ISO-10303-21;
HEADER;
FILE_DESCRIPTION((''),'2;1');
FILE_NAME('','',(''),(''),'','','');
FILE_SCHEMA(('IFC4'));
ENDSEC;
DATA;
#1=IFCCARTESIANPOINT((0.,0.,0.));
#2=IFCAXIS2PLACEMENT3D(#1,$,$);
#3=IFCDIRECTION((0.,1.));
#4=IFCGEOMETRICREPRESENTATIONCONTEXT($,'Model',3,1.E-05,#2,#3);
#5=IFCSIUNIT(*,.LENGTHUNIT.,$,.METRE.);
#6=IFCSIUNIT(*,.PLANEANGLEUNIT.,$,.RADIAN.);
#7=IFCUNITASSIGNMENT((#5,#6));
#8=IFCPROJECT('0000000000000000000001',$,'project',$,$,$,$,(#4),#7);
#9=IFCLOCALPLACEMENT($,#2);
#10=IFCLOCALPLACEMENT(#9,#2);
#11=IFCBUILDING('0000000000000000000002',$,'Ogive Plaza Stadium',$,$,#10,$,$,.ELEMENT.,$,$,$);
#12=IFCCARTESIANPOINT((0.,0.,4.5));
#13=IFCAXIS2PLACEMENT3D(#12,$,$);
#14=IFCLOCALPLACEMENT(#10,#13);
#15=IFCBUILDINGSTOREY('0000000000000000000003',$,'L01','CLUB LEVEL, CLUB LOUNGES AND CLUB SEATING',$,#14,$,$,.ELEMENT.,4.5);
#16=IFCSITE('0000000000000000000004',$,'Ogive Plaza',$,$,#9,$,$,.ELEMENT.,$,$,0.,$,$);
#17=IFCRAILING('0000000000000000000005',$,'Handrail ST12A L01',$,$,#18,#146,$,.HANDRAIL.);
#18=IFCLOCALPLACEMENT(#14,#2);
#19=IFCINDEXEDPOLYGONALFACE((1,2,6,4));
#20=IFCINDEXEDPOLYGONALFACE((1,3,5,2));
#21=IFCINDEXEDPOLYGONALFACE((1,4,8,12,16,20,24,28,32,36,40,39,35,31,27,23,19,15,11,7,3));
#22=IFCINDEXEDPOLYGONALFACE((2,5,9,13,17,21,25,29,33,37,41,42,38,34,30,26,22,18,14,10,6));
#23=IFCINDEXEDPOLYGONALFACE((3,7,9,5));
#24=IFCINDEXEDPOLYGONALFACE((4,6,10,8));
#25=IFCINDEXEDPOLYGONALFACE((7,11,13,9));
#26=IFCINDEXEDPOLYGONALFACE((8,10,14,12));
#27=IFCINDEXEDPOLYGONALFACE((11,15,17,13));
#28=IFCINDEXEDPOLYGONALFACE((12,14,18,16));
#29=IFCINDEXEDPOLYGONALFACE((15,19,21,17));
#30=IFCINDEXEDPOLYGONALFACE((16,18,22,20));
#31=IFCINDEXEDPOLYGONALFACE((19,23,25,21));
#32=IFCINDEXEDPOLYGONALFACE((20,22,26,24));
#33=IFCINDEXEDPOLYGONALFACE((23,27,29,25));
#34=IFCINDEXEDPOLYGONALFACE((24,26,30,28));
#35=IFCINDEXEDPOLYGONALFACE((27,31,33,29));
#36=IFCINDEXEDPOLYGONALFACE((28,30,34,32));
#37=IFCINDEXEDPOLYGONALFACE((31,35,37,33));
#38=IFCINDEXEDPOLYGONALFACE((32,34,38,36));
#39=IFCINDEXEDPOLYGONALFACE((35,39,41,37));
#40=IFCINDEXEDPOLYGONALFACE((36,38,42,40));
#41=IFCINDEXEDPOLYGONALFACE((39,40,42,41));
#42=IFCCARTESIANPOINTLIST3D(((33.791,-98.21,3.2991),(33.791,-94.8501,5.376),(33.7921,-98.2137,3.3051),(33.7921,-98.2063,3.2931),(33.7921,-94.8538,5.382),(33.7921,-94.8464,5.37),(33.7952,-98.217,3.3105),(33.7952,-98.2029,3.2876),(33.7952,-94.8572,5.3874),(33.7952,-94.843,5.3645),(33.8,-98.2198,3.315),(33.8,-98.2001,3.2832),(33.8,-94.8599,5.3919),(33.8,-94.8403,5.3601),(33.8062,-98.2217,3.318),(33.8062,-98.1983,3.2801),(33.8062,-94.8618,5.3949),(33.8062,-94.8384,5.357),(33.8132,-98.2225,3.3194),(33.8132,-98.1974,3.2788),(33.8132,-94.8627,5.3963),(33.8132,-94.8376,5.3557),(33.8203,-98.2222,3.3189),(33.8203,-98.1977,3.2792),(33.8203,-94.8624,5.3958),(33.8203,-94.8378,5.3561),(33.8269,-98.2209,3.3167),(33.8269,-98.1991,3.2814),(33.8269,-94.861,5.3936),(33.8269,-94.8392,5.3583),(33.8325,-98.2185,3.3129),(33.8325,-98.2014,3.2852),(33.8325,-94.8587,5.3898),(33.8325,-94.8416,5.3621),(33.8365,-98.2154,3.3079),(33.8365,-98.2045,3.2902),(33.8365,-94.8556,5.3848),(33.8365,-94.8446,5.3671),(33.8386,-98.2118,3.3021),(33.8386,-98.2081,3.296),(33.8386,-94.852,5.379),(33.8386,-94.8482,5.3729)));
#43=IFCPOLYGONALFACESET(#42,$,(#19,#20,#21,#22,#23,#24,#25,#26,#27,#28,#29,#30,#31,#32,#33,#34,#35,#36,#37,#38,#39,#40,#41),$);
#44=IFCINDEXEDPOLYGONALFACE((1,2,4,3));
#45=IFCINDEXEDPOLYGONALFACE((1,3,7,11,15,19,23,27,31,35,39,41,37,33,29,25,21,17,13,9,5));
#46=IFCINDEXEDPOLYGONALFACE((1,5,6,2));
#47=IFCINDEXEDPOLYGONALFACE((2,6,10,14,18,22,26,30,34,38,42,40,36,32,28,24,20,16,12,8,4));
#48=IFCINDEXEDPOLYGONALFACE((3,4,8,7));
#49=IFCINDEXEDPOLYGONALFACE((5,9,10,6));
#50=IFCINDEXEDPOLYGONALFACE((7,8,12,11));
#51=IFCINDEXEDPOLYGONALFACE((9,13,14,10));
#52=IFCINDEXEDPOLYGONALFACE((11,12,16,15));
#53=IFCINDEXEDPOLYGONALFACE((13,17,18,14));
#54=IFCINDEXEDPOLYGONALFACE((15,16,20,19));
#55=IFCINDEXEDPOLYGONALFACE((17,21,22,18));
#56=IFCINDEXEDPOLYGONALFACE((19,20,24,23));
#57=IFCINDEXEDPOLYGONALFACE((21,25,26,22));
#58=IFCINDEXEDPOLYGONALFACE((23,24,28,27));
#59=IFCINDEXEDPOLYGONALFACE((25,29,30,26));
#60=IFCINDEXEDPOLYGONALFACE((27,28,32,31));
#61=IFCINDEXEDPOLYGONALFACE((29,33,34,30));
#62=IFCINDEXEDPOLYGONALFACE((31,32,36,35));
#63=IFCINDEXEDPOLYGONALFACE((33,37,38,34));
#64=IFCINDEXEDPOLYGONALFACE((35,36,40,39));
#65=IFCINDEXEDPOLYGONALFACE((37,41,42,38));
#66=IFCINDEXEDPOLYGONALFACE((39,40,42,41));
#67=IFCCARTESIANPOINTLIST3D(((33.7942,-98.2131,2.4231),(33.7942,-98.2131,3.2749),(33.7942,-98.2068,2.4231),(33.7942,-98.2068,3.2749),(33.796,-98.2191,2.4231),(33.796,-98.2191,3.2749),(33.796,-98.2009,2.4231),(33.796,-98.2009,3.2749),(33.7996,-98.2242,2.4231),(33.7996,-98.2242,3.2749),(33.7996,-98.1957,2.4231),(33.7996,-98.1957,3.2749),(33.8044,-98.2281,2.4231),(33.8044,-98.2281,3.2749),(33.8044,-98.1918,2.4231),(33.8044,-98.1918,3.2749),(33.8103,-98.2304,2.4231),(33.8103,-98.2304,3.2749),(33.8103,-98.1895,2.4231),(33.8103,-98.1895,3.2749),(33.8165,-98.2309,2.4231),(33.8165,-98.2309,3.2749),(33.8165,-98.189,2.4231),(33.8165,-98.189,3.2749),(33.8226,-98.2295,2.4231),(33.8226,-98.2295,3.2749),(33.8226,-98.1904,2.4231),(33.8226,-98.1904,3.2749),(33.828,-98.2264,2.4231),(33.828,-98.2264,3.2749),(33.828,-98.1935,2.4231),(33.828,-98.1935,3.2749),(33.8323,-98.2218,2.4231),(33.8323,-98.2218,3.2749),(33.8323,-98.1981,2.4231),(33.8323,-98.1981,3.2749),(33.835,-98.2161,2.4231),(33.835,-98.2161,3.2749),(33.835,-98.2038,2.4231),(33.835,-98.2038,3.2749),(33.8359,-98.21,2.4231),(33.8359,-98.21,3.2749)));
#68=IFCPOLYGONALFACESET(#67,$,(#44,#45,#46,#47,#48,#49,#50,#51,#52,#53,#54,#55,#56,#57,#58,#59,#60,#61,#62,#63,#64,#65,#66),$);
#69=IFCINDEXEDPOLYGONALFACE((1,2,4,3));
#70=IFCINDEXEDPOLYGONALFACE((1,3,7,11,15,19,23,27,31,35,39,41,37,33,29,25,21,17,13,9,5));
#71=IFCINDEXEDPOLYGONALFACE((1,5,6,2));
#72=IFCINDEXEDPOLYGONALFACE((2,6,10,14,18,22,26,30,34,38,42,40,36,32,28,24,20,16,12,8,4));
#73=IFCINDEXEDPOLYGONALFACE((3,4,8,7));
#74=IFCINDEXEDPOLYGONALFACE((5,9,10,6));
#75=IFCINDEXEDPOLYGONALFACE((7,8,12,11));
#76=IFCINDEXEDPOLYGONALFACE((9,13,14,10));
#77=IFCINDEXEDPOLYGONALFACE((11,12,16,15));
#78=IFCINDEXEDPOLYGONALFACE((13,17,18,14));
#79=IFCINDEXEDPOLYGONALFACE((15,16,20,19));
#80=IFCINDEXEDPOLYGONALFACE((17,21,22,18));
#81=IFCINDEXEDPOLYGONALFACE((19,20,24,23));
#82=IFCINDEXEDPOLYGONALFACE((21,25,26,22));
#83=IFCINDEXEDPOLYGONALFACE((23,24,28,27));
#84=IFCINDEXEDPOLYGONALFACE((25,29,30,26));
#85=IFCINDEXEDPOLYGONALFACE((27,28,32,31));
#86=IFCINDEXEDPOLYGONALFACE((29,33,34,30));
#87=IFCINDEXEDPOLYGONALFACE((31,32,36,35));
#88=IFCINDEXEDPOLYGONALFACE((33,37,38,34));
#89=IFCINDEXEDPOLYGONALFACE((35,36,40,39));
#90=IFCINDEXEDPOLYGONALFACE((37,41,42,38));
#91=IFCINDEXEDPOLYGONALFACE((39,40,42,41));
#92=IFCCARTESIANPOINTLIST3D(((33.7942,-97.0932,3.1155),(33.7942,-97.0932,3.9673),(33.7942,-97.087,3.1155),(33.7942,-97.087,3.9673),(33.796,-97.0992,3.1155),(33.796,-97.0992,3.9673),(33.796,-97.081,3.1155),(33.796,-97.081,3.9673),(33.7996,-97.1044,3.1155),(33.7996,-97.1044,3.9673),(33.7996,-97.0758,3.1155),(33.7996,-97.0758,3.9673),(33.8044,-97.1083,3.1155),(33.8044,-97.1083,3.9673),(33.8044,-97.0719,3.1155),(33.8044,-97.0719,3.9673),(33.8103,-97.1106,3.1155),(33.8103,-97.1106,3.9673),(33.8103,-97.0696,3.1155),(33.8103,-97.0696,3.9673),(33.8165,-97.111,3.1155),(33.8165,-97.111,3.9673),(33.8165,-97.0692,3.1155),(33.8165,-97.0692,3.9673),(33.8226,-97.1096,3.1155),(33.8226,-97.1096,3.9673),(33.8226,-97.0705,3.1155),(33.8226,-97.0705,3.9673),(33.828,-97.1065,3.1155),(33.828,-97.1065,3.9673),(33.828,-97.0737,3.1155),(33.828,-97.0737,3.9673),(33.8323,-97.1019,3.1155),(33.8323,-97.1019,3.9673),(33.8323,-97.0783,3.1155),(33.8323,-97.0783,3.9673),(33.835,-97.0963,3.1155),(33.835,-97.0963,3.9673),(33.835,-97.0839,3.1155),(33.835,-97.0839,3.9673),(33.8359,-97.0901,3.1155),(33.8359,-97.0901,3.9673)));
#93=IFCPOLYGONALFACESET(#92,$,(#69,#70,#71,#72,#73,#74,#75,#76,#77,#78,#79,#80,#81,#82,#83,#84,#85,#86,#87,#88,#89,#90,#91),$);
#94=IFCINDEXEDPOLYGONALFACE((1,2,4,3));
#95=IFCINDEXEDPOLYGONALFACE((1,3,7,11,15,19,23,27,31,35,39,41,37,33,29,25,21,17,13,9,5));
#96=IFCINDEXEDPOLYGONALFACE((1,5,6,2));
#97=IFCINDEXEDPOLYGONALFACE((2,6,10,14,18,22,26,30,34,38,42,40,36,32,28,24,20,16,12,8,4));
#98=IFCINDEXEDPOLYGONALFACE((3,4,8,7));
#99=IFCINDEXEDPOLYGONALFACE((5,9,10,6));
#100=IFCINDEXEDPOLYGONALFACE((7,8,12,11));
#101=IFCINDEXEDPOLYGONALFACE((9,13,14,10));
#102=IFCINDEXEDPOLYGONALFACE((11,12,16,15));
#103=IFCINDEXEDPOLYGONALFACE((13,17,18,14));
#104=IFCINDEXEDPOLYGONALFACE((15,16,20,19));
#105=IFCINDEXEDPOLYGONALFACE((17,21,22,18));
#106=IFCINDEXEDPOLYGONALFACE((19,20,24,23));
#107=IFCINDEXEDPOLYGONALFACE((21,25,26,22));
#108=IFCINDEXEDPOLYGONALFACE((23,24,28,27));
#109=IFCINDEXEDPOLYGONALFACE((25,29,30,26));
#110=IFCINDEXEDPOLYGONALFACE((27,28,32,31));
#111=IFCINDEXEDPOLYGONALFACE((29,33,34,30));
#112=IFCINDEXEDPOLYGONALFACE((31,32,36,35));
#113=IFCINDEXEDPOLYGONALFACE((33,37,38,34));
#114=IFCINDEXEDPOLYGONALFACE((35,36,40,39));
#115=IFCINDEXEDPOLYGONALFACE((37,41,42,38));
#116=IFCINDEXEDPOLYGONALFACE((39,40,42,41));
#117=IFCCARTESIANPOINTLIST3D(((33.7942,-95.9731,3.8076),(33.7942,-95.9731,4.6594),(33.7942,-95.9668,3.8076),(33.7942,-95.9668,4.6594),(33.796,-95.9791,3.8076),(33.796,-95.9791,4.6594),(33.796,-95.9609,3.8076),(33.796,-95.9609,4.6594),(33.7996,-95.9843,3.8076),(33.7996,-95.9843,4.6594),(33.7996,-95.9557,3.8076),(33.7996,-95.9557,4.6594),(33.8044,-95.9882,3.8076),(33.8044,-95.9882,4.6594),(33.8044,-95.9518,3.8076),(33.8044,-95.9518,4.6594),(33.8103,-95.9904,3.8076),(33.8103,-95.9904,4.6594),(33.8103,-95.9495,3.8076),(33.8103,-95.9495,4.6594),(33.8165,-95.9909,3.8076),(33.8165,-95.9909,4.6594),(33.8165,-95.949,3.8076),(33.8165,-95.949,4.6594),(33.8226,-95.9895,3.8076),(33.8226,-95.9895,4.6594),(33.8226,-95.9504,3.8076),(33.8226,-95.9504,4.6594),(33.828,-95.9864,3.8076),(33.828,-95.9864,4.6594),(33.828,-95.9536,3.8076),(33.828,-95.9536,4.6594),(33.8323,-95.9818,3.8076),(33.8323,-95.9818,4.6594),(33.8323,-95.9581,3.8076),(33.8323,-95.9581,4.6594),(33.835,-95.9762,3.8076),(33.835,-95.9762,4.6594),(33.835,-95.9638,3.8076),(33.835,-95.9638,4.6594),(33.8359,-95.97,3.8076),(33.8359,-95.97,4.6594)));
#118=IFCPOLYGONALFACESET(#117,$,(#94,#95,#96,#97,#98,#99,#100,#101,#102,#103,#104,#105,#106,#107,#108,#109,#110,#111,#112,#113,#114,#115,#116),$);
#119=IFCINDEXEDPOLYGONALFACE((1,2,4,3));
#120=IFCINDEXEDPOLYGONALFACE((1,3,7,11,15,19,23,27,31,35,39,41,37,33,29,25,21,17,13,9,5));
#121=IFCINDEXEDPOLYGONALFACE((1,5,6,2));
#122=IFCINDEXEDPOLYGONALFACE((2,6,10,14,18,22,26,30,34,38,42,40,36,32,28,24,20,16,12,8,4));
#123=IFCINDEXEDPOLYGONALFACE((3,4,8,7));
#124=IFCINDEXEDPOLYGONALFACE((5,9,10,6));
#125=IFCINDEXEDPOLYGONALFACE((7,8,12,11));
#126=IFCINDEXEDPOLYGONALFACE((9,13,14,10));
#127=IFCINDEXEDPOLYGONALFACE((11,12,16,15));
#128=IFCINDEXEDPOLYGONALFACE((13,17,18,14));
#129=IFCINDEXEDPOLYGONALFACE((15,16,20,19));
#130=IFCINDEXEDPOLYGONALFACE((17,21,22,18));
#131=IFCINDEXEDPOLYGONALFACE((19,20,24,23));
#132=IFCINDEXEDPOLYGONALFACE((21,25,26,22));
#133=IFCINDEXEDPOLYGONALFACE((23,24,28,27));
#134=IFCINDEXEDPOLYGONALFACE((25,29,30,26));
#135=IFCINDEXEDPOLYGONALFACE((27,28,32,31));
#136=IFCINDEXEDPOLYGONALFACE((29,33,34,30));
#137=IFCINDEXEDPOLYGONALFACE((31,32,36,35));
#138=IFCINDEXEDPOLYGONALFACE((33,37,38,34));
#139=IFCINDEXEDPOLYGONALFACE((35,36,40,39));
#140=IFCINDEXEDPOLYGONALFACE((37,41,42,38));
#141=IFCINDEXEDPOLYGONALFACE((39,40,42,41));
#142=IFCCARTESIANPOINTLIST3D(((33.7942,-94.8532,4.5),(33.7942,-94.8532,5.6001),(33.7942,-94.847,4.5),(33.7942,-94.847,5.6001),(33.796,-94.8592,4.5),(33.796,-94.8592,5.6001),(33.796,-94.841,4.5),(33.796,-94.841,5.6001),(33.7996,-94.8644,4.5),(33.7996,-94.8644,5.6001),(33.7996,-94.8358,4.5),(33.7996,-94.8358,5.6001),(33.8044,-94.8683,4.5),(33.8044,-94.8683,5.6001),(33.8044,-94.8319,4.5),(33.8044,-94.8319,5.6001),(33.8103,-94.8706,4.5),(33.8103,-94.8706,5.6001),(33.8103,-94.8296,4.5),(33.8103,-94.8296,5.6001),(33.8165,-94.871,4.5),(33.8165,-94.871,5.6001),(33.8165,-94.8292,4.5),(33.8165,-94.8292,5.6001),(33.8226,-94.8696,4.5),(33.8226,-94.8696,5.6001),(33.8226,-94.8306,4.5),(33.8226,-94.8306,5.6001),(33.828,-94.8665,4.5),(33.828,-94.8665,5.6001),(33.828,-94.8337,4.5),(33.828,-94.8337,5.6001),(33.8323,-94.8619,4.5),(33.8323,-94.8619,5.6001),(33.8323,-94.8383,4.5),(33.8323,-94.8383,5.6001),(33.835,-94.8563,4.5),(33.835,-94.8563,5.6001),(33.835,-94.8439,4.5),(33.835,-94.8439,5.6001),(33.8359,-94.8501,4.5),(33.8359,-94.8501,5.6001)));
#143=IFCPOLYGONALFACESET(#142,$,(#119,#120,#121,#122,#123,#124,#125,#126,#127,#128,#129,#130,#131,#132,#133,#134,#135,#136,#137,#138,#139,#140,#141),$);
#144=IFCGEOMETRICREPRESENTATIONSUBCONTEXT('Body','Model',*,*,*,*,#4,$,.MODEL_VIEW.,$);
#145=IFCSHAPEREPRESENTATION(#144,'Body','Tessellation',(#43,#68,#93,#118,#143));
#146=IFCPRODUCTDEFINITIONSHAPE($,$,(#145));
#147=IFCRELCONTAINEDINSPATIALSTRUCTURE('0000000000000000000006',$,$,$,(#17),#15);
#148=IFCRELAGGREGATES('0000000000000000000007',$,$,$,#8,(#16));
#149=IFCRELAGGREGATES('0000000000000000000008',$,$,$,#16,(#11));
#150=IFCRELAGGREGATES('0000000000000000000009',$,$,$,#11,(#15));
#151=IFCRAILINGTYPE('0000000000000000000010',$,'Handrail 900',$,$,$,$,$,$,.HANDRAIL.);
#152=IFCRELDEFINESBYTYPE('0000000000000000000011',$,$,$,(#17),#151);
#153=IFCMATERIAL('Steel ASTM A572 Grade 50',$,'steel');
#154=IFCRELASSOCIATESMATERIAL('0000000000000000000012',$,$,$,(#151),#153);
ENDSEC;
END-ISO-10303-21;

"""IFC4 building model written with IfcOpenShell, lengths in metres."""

from ifc_helpers import new_model, si_unit, direction, frame, origin, origin_2d, place, context, subcontext, project, spatial, circle, extrude, material, type_object, element, save


model = new_model("IFC4")

# Units and contexts
model_context = context("Model", 3, precision=1e-05, world=origin(), true_north=direction((0.0, 1.0)))
body_context = subcontext(model_context, "Body", "Model", "MODEL_VIEW")
ifc_project = project(units=[si_unit("LENGTHUNIT", "METRE"), si_unit("PLANEANGLEUNIT", "RADIAN")], contexts=[model_context])

# Site, building, storey
site_placement = place(None, origin())
site = spatial("IfcSite", under=ifc_project, at=site_placement, Name="Ogive Plaza", CompositionType="ELEMENT", RefElevation=0.0)
building_placement = place(site_placement, origin())
building = spatial("IfcBuilding", under=site, at=building_placement, Name="Ogive Plaza Stadium", CompositionType="ELEMENT")
storey_placement = place(building_placement, frame((0.0, 0.0, 4.5)))
storey = spatial("IfcBuildingStorey", under=building, at=storey_placement, Name="L01", Description="CLUB LEVEL, CLUB LOUNGES AND CLUB SEATING", CompositionType="ELEMENT", Elevation=4.5)

# Railing
ifc_material_1 = material(Name="Steel ASTM A572 Grade 50", Category="steel")
railing_type_1 = type_object("IfcRailingType", Name="Handrail 900", PredefinedType="HANDRAIL", material=ifc_material_1)
for number, where, name in (
    (1, (33.8149, -98.21, 2.4231), "Handrail ST12A L01"),
):
    element("IfcRailing", number, at=place(storey_placement, frame(where)), inside=storey, type_object=railing_type_1, Name=name, PredefinedType="HANDRAIL", context=body_context, shape_type="SweptSolid", body=[
        extrude(circle(Radius=0.0239, at=origin_2d()), frame((0.0, 0.0, 0.876), z_axis=(0.0, 0.850606, 0.525803), x_axis=(-1.0, 0.0, 0.0)), (0.0, 0.0, 1.0), 3.95),
        extrude(circle(Radius=0.021, at=origin_2d()), origin(), (0.0, 0.0, 1.0), 0.8518),
        extrude(circle(Radius=0.021, at=origin_2d()), frame((0.0, 1.1199, 0.6924)), (0.0, 0.0, 1.0), 0.8518),
        extrude(circle(Radius=0.021, at=origin_2d()), frame((0.0, 2.24, 1.3845)), (0.0, 0.0, 1.0), 0.8518),
        extrude(circle(Radius=0.021, at=origin_2d()), frame((0.0, 3.3599, 2.0769)), (0.0, 0.0, 1.0), 1.1001),
    ])

save(model, "model.ifc")
